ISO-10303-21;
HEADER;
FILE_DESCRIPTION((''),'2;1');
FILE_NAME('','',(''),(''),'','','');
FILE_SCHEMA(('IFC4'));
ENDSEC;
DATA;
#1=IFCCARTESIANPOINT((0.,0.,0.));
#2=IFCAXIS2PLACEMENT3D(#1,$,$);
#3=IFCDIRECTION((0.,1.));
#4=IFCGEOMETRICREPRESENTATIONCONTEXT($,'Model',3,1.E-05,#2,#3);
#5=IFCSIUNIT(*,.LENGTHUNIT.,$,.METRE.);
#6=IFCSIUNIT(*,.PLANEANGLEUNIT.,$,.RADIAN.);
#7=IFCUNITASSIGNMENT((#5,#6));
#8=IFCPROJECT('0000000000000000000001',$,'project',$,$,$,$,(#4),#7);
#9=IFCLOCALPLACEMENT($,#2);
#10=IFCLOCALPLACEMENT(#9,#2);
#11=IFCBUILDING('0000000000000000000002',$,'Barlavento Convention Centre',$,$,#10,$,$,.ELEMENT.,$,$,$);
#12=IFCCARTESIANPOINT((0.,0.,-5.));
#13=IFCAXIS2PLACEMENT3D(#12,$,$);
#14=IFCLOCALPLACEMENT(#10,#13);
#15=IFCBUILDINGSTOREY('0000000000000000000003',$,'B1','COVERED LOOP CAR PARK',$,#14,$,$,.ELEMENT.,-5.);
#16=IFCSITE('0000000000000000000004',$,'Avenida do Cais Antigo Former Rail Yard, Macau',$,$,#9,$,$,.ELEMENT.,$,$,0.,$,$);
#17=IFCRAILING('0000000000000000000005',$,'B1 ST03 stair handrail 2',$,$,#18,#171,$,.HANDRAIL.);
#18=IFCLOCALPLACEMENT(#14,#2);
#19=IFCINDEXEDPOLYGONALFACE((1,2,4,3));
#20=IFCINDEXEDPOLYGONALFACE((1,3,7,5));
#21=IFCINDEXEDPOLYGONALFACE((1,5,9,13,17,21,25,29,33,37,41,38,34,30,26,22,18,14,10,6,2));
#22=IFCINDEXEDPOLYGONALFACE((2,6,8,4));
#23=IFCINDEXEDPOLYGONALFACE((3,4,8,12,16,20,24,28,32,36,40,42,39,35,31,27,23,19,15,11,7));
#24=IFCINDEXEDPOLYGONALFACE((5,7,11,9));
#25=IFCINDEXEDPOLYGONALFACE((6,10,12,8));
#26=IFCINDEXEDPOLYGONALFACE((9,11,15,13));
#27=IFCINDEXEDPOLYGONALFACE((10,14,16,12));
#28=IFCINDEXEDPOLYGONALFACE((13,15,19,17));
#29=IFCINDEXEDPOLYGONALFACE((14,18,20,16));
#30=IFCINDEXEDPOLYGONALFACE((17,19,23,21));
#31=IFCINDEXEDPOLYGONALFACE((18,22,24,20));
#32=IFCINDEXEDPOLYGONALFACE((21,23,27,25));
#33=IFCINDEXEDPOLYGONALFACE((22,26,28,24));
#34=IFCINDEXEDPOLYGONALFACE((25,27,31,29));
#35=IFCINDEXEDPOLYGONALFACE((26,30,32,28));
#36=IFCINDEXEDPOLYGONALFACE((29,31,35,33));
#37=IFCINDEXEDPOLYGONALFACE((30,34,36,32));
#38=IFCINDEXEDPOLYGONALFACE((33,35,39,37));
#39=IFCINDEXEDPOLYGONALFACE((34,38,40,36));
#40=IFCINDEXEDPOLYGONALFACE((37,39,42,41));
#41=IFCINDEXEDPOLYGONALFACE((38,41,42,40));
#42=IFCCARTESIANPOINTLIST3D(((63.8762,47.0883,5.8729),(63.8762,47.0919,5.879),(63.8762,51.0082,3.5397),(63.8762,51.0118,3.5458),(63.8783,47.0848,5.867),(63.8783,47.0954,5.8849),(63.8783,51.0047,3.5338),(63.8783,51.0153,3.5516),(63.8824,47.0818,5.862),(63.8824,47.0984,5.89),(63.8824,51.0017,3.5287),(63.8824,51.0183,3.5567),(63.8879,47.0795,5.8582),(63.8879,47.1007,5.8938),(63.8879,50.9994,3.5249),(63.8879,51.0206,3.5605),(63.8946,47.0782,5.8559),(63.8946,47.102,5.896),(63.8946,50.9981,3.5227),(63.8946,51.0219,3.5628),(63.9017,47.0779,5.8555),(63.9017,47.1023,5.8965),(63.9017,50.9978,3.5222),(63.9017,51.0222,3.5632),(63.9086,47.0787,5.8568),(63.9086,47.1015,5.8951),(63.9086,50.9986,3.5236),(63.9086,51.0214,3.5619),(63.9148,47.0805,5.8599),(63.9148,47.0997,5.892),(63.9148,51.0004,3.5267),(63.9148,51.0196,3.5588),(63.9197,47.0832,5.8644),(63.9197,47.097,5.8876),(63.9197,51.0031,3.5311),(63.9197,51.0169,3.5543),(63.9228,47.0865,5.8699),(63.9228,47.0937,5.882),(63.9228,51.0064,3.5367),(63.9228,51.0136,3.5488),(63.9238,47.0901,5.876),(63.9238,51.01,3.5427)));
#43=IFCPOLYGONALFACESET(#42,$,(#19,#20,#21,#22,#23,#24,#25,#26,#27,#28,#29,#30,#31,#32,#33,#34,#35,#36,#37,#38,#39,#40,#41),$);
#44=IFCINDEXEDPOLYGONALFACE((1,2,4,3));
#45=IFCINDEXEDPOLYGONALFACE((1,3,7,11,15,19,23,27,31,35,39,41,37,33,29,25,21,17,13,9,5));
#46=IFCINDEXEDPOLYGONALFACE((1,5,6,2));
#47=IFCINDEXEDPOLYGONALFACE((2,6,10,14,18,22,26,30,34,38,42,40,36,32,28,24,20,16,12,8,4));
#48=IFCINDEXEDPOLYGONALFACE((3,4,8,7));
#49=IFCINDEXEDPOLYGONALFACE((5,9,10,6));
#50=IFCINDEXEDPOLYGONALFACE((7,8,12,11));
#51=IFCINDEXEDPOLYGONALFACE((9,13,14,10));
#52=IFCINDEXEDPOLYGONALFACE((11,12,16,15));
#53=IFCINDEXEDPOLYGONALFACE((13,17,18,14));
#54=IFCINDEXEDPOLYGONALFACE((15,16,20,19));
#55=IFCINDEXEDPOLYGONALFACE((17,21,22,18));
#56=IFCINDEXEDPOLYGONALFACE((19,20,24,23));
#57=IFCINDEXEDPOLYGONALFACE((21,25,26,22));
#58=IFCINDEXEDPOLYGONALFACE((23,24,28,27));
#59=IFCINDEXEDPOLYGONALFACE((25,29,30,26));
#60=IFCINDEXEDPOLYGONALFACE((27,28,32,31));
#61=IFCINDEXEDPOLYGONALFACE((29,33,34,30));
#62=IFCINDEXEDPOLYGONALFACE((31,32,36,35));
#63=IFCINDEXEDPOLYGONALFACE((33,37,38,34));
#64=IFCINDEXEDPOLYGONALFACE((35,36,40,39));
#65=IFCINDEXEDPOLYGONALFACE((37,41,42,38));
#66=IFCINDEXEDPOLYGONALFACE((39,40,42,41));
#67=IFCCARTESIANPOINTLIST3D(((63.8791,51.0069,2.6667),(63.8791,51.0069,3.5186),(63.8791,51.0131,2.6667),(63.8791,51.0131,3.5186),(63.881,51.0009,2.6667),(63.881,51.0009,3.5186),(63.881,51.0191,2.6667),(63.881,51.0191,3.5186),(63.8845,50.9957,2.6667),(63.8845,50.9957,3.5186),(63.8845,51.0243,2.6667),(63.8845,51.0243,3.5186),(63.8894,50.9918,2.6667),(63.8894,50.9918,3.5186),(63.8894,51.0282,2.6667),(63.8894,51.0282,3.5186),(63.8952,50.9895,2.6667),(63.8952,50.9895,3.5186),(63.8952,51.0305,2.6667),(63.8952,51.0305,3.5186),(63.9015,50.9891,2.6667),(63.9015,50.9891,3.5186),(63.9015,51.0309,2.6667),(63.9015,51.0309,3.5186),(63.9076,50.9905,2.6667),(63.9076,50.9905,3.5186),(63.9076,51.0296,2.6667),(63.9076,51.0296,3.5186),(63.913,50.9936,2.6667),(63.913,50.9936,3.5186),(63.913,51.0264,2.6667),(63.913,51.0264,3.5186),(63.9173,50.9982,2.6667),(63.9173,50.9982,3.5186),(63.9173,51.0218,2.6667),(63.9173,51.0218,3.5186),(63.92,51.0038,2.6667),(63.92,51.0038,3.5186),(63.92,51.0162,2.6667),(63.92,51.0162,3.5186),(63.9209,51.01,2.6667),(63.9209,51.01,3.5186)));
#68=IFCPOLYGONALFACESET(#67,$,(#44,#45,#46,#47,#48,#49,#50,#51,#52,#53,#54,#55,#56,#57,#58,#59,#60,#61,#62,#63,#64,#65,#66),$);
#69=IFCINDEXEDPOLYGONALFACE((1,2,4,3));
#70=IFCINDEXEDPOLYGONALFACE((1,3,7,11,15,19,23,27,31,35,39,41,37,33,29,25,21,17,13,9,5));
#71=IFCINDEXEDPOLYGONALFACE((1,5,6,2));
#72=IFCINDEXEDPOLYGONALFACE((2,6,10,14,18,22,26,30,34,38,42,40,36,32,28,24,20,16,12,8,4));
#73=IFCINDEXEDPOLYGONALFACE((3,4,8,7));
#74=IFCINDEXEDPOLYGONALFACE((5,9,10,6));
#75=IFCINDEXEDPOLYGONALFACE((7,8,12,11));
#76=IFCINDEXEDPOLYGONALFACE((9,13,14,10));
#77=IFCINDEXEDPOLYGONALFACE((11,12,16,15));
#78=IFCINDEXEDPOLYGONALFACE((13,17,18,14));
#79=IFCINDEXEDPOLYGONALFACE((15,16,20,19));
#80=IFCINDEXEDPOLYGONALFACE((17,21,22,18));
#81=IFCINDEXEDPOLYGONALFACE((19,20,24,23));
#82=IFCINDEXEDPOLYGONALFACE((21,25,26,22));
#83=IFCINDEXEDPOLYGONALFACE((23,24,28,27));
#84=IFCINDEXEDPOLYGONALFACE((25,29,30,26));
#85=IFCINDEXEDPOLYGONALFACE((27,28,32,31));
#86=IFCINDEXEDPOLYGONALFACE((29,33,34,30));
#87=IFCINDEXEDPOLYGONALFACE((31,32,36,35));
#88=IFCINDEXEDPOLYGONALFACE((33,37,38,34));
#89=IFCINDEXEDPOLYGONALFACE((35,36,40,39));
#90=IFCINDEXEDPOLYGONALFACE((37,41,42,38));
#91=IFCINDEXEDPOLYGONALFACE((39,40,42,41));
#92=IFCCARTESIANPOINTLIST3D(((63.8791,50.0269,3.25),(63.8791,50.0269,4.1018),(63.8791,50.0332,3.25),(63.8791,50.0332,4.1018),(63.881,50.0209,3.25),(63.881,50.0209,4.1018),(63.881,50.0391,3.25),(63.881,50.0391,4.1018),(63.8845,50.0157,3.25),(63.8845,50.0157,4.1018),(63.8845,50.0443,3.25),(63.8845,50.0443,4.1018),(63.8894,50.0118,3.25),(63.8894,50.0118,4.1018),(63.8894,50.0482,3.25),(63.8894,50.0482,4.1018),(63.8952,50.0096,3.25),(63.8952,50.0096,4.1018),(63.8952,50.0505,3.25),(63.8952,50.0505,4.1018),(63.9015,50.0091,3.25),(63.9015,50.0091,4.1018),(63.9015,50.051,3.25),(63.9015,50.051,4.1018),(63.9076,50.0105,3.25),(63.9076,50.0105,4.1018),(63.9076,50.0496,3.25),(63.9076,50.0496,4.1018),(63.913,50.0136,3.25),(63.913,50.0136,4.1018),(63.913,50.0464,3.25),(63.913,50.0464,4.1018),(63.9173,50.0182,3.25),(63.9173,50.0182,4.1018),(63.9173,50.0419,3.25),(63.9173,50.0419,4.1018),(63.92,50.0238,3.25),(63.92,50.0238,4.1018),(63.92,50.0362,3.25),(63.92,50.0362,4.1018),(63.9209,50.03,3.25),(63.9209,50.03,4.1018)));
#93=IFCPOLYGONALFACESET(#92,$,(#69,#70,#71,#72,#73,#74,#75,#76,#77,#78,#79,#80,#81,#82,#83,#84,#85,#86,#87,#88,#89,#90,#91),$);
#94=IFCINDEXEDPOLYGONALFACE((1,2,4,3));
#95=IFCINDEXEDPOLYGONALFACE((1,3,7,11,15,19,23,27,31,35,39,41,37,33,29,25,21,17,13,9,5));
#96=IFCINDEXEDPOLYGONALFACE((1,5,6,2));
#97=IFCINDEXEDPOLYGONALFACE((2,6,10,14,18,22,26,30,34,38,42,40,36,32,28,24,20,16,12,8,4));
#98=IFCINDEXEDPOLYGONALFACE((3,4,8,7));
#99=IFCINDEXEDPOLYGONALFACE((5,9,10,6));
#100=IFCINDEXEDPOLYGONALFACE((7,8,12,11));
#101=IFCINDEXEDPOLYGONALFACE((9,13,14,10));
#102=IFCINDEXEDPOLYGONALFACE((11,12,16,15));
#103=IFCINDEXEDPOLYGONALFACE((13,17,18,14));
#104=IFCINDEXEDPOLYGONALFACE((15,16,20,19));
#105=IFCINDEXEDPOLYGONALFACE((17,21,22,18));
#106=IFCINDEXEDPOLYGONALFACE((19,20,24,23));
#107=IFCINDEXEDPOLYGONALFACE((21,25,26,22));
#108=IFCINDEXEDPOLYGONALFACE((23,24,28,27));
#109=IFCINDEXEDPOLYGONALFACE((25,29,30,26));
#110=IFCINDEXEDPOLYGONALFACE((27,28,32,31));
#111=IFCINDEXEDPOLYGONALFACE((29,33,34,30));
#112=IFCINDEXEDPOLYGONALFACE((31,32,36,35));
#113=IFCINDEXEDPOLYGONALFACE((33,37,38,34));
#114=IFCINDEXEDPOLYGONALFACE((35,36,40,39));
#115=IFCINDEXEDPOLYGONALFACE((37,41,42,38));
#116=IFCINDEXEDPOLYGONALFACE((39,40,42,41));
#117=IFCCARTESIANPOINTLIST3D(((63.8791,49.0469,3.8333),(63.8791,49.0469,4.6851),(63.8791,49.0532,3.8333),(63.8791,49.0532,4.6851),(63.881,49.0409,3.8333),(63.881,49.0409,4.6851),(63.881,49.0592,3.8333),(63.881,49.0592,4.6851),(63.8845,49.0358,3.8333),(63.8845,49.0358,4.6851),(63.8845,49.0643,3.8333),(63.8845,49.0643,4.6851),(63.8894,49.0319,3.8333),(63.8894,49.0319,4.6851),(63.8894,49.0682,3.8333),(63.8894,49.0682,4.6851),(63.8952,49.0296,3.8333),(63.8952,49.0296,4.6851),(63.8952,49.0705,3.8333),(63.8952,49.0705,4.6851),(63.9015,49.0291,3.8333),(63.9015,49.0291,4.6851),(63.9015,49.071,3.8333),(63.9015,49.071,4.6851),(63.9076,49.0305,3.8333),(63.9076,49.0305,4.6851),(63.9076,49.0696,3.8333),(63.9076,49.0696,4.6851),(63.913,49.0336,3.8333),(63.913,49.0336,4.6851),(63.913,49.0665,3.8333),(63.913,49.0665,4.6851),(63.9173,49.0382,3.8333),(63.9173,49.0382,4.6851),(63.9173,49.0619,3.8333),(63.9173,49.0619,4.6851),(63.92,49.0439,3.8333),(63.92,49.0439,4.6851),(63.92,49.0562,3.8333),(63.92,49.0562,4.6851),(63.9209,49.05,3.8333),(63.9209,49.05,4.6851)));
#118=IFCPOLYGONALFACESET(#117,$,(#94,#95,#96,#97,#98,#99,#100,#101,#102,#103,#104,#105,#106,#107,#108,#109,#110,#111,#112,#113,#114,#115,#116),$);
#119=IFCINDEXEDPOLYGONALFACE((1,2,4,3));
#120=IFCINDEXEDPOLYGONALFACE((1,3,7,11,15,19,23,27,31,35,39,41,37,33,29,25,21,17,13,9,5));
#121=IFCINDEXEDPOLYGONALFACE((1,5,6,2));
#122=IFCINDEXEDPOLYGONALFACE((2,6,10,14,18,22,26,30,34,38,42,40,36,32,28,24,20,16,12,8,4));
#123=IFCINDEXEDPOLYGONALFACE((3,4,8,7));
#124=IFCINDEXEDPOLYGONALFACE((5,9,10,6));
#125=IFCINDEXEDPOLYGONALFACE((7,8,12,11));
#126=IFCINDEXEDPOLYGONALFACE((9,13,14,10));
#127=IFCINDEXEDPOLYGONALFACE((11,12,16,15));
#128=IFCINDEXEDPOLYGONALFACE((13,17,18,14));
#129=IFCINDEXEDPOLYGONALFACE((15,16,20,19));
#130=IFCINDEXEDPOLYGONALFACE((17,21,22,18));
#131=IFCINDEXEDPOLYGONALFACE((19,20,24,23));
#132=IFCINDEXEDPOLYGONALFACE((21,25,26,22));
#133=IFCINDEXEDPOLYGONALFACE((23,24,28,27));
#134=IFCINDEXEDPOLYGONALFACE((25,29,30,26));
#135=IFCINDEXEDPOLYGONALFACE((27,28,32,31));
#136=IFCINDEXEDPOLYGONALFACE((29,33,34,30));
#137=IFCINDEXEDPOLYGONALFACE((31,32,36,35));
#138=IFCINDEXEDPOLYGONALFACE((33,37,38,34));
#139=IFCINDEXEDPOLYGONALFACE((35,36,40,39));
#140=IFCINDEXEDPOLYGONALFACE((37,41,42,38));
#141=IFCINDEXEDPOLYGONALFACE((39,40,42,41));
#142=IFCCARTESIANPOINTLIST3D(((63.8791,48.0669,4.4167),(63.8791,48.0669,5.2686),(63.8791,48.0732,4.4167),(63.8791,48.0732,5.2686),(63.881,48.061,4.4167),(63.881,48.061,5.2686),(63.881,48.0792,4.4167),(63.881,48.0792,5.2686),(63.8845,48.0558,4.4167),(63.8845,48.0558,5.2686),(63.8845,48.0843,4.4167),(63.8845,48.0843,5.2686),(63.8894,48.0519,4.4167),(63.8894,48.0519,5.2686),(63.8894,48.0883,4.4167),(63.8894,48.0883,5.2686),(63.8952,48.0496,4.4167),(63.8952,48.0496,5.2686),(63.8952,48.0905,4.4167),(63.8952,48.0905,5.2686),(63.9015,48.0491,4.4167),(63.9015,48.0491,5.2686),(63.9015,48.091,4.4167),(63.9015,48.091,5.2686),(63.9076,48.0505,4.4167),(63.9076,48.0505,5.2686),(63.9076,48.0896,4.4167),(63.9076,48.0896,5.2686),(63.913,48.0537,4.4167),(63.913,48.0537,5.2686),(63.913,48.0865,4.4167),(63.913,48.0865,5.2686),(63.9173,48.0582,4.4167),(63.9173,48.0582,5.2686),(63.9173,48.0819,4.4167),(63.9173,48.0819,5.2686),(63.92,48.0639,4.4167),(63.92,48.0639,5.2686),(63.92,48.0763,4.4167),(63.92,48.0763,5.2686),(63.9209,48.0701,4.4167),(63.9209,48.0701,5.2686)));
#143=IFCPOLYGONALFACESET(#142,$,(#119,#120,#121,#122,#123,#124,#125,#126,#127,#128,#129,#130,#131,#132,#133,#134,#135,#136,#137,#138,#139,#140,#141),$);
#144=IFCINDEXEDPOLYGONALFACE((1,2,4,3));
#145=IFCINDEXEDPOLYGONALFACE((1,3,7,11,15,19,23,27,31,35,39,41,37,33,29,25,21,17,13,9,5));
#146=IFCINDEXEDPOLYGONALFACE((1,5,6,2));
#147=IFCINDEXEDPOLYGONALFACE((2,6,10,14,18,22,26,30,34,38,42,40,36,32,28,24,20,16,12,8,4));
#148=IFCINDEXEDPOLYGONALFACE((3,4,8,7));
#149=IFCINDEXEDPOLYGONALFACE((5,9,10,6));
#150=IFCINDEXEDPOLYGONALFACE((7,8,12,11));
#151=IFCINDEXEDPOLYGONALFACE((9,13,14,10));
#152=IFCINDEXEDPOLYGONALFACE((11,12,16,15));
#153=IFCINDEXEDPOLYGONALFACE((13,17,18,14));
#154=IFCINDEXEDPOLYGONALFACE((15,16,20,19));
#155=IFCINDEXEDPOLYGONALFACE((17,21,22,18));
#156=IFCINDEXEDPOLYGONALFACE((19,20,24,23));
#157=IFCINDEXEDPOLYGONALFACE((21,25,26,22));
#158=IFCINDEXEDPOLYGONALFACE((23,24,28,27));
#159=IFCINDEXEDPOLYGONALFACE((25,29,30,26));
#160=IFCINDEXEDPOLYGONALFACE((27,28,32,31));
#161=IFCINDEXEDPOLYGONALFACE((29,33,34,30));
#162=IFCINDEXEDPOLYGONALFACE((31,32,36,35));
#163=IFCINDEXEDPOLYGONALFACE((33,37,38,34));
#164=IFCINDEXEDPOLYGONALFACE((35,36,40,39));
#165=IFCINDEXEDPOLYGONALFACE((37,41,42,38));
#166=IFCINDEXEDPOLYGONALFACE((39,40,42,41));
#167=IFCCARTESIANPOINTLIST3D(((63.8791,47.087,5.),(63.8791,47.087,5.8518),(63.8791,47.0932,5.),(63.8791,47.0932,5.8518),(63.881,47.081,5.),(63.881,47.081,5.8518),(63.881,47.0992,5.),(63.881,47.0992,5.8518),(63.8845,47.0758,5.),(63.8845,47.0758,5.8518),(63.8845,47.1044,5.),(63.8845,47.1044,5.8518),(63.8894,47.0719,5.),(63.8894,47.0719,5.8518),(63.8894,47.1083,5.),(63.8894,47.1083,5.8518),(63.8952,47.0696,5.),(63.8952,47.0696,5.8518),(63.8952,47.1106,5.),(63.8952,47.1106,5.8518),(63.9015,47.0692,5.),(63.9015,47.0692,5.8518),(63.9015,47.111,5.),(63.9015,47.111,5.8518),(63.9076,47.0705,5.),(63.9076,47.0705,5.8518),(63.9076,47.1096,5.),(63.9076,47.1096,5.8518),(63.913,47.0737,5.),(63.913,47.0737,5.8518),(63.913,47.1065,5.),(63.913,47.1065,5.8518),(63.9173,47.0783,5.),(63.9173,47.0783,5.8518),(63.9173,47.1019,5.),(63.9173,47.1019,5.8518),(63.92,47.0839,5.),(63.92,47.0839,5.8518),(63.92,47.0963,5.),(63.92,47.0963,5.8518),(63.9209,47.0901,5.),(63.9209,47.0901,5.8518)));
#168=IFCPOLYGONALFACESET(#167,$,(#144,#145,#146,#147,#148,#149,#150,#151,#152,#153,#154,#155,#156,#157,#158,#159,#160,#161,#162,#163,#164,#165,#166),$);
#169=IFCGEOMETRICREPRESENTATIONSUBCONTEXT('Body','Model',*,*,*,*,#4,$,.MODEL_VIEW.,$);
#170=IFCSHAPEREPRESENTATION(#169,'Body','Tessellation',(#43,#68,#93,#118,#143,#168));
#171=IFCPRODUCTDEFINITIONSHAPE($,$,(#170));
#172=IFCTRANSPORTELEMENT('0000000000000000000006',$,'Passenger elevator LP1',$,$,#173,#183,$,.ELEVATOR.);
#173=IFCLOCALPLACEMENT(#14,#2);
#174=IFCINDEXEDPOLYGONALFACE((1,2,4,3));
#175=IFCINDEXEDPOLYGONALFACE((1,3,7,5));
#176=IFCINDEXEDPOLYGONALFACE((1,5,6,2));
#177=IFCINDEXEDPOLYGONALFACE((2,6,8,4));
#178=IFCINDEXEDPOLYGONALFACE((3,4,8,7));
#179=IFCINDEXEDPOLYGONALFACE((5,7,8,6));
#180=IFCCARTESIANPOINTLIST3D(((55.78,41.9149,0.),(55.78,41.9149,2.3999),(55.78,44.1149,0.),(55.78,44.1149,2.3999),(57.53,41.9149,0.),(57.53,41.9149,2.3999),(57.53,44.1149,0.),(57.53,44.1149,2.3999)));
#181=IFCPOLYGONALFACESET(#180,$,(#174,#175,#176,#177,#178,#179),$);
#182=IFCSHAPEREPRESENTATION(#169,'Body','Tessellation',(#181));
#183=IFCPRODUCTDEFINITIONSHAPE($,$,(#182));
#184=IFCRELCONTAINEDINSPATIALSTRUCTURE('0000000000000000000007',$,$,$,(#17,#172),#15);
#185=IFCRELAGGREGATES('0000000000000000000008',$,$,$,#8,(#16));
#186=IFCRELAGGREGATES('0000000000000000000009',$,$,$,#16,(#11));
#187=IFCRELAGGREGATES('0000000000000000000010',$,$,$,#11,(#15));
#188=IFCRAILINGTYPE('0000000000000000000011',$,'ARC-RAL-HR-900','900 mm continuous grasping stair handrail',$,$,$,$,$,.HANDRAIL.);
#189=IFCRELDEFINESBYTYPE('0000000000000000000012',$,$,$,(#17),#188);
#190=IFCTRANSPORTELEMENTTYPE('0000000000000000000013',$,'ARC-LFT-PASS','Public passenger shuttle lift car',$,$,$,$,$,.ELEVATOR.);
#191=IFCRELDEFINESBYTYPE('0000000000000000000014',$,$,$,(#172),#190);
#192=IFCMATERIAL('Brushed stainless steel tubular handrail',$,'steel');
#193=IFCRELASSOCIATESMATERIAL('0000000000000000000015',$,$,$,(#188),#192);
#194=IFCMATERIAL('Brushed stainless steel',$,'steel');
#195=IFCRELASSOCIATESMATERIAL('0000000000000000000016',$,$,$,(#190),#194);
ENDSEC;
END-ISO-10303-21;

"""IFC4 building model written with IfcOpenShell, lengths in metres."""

from ifc_helpers import new_model, si_unit, direction, frame, origin, origin_2d, place, context, subcontext, project, spatial, rectangle, circle, extrude, material, type_object, element, save


model = new_model("IFC4")

# Units and contexts
model_context = context("Model", 3, precision=1e-05, world=origin(), true_north=direction((0.0, 1.0)))
body_context = subcontext(model_context, "Body", "Model", "MODEL_VIEW")
ifc_project = project(units=[si_unit("LENGTHUNIT", "METRE"), si_unit("PLANEANGLEUNIT", "RADIAN")], contexts=[model_context])

# Site, building, storey
site_placement = place(None, origin())
site = spatial("IfcSite", under=ifc_project, at=site_placement, Name="Avenida do Cais Antigo Former Rail Yard, Macau", CompositionType="ELEMENT", RefElevation=0.0)
building_placement = place(site_placement, origin())
building = spatial("IfcBuilding", under=site, at=building_placement, Name="Barlavento Convention Centre", CompositionType="ELEMENT")
storey_placement = place(building_placement, frame((0.0, 0.0, -5.0)))
storey = spatial("IfcBuildingStorey", under=building, at=storey_placement, Name="B1", Description="COVERED LOOP CAR PARK", CompositionType="ELEMENT", Elevation=-5.0)

# Shared definitions
ifc_material_1 = material(Name="Brushed stainless steel", Category="steel")

# Railing
ifc_material_2 = material(Name="Brushed stainless steel tubular handrail", Category="steel")
railing_type_1 = type_object("IfcRailingType", Name="ARC-RAL-HR-900", Description="900 mm continuous grasping stair handrail", PredefinedType="HANDRAIL", material=ifc_material_2)
for number, where, name in (
    (1, (63.8999, 51.01, 2.6667), "B1 ST03 stair handrail 2"),
):
    element("IfcRailing", number, at=place(storey_placement, frame(where)), inside=storey, type_object=railing_type_1, Name=name, PredefinedType="HANDRAIL", context=body_context, shape_type="SweptSolid", body=[
        extrude(circle(Radius=0.0239, at=origin_2d()), frame((0.0, 0.0, 0.876), z_axis=(0.0, -0.859296, 0.511478), x_axis=(1.0, 0.0, 0.0)), (0.0, 0.0, 1.0), 4.5618),
        extrude(circle(Radius=0.021, at=origin_2d()), origin(), (0.0, 0.0, 1.0), 0.8518),
        extrude(circle(Radius=0.021, at=origin_2d()), frame((0.0, -0.98, 0.5833)), (0.0, 0.0, 1.0), 0.8518),
        extrude(circle(Radius=0.021, at=origin_2d()), frame((0.0, -1.96, 1.1665)), (0.0, 0.0, 1.0), 0.8518),
        extrude(circle(Radius=0.021, at=origin_2d()), frame((0.0, -2.9399, 1.75)), (0.0, 0.0, 1.0), 0.8518),
        extrude(circle(Radius=0.021, at=origin_2d()), frame((0.0, -3.9199, 2.3333)), (0.0, 0.0, 1.0), 0.8518),
    ])

# Transport element
transport_element_type = type_object("IfcTransportElementType", Name="ARC-LFT-PASS", Description="Public passenger shuttle lift car", PredefinedType="ELEVATOR", material=ifc_material_1)
transport_element_placement = place(storey_placement, frame((56.655, 43.0149, 0.0), z_axis=(0.0, 0.0, 1.0), x_axis=(1.0, 0.0, 0.0)))
element("IfcTransportElement", 2, at=transport_element_placement, inside=storey, type_object=transport_element_type, Name="Passenger elevator LP1", PredefinedType="ELEVATOR", context=body_context, shape_type="SweptSolid", body=[
    extrude(rectangle(XDim=1.75, YDim=2.2, at=origin_2d()), origin(), (0.0, 0.0, 1.0), 2.3999),
])

save(model, "model.ifc")
